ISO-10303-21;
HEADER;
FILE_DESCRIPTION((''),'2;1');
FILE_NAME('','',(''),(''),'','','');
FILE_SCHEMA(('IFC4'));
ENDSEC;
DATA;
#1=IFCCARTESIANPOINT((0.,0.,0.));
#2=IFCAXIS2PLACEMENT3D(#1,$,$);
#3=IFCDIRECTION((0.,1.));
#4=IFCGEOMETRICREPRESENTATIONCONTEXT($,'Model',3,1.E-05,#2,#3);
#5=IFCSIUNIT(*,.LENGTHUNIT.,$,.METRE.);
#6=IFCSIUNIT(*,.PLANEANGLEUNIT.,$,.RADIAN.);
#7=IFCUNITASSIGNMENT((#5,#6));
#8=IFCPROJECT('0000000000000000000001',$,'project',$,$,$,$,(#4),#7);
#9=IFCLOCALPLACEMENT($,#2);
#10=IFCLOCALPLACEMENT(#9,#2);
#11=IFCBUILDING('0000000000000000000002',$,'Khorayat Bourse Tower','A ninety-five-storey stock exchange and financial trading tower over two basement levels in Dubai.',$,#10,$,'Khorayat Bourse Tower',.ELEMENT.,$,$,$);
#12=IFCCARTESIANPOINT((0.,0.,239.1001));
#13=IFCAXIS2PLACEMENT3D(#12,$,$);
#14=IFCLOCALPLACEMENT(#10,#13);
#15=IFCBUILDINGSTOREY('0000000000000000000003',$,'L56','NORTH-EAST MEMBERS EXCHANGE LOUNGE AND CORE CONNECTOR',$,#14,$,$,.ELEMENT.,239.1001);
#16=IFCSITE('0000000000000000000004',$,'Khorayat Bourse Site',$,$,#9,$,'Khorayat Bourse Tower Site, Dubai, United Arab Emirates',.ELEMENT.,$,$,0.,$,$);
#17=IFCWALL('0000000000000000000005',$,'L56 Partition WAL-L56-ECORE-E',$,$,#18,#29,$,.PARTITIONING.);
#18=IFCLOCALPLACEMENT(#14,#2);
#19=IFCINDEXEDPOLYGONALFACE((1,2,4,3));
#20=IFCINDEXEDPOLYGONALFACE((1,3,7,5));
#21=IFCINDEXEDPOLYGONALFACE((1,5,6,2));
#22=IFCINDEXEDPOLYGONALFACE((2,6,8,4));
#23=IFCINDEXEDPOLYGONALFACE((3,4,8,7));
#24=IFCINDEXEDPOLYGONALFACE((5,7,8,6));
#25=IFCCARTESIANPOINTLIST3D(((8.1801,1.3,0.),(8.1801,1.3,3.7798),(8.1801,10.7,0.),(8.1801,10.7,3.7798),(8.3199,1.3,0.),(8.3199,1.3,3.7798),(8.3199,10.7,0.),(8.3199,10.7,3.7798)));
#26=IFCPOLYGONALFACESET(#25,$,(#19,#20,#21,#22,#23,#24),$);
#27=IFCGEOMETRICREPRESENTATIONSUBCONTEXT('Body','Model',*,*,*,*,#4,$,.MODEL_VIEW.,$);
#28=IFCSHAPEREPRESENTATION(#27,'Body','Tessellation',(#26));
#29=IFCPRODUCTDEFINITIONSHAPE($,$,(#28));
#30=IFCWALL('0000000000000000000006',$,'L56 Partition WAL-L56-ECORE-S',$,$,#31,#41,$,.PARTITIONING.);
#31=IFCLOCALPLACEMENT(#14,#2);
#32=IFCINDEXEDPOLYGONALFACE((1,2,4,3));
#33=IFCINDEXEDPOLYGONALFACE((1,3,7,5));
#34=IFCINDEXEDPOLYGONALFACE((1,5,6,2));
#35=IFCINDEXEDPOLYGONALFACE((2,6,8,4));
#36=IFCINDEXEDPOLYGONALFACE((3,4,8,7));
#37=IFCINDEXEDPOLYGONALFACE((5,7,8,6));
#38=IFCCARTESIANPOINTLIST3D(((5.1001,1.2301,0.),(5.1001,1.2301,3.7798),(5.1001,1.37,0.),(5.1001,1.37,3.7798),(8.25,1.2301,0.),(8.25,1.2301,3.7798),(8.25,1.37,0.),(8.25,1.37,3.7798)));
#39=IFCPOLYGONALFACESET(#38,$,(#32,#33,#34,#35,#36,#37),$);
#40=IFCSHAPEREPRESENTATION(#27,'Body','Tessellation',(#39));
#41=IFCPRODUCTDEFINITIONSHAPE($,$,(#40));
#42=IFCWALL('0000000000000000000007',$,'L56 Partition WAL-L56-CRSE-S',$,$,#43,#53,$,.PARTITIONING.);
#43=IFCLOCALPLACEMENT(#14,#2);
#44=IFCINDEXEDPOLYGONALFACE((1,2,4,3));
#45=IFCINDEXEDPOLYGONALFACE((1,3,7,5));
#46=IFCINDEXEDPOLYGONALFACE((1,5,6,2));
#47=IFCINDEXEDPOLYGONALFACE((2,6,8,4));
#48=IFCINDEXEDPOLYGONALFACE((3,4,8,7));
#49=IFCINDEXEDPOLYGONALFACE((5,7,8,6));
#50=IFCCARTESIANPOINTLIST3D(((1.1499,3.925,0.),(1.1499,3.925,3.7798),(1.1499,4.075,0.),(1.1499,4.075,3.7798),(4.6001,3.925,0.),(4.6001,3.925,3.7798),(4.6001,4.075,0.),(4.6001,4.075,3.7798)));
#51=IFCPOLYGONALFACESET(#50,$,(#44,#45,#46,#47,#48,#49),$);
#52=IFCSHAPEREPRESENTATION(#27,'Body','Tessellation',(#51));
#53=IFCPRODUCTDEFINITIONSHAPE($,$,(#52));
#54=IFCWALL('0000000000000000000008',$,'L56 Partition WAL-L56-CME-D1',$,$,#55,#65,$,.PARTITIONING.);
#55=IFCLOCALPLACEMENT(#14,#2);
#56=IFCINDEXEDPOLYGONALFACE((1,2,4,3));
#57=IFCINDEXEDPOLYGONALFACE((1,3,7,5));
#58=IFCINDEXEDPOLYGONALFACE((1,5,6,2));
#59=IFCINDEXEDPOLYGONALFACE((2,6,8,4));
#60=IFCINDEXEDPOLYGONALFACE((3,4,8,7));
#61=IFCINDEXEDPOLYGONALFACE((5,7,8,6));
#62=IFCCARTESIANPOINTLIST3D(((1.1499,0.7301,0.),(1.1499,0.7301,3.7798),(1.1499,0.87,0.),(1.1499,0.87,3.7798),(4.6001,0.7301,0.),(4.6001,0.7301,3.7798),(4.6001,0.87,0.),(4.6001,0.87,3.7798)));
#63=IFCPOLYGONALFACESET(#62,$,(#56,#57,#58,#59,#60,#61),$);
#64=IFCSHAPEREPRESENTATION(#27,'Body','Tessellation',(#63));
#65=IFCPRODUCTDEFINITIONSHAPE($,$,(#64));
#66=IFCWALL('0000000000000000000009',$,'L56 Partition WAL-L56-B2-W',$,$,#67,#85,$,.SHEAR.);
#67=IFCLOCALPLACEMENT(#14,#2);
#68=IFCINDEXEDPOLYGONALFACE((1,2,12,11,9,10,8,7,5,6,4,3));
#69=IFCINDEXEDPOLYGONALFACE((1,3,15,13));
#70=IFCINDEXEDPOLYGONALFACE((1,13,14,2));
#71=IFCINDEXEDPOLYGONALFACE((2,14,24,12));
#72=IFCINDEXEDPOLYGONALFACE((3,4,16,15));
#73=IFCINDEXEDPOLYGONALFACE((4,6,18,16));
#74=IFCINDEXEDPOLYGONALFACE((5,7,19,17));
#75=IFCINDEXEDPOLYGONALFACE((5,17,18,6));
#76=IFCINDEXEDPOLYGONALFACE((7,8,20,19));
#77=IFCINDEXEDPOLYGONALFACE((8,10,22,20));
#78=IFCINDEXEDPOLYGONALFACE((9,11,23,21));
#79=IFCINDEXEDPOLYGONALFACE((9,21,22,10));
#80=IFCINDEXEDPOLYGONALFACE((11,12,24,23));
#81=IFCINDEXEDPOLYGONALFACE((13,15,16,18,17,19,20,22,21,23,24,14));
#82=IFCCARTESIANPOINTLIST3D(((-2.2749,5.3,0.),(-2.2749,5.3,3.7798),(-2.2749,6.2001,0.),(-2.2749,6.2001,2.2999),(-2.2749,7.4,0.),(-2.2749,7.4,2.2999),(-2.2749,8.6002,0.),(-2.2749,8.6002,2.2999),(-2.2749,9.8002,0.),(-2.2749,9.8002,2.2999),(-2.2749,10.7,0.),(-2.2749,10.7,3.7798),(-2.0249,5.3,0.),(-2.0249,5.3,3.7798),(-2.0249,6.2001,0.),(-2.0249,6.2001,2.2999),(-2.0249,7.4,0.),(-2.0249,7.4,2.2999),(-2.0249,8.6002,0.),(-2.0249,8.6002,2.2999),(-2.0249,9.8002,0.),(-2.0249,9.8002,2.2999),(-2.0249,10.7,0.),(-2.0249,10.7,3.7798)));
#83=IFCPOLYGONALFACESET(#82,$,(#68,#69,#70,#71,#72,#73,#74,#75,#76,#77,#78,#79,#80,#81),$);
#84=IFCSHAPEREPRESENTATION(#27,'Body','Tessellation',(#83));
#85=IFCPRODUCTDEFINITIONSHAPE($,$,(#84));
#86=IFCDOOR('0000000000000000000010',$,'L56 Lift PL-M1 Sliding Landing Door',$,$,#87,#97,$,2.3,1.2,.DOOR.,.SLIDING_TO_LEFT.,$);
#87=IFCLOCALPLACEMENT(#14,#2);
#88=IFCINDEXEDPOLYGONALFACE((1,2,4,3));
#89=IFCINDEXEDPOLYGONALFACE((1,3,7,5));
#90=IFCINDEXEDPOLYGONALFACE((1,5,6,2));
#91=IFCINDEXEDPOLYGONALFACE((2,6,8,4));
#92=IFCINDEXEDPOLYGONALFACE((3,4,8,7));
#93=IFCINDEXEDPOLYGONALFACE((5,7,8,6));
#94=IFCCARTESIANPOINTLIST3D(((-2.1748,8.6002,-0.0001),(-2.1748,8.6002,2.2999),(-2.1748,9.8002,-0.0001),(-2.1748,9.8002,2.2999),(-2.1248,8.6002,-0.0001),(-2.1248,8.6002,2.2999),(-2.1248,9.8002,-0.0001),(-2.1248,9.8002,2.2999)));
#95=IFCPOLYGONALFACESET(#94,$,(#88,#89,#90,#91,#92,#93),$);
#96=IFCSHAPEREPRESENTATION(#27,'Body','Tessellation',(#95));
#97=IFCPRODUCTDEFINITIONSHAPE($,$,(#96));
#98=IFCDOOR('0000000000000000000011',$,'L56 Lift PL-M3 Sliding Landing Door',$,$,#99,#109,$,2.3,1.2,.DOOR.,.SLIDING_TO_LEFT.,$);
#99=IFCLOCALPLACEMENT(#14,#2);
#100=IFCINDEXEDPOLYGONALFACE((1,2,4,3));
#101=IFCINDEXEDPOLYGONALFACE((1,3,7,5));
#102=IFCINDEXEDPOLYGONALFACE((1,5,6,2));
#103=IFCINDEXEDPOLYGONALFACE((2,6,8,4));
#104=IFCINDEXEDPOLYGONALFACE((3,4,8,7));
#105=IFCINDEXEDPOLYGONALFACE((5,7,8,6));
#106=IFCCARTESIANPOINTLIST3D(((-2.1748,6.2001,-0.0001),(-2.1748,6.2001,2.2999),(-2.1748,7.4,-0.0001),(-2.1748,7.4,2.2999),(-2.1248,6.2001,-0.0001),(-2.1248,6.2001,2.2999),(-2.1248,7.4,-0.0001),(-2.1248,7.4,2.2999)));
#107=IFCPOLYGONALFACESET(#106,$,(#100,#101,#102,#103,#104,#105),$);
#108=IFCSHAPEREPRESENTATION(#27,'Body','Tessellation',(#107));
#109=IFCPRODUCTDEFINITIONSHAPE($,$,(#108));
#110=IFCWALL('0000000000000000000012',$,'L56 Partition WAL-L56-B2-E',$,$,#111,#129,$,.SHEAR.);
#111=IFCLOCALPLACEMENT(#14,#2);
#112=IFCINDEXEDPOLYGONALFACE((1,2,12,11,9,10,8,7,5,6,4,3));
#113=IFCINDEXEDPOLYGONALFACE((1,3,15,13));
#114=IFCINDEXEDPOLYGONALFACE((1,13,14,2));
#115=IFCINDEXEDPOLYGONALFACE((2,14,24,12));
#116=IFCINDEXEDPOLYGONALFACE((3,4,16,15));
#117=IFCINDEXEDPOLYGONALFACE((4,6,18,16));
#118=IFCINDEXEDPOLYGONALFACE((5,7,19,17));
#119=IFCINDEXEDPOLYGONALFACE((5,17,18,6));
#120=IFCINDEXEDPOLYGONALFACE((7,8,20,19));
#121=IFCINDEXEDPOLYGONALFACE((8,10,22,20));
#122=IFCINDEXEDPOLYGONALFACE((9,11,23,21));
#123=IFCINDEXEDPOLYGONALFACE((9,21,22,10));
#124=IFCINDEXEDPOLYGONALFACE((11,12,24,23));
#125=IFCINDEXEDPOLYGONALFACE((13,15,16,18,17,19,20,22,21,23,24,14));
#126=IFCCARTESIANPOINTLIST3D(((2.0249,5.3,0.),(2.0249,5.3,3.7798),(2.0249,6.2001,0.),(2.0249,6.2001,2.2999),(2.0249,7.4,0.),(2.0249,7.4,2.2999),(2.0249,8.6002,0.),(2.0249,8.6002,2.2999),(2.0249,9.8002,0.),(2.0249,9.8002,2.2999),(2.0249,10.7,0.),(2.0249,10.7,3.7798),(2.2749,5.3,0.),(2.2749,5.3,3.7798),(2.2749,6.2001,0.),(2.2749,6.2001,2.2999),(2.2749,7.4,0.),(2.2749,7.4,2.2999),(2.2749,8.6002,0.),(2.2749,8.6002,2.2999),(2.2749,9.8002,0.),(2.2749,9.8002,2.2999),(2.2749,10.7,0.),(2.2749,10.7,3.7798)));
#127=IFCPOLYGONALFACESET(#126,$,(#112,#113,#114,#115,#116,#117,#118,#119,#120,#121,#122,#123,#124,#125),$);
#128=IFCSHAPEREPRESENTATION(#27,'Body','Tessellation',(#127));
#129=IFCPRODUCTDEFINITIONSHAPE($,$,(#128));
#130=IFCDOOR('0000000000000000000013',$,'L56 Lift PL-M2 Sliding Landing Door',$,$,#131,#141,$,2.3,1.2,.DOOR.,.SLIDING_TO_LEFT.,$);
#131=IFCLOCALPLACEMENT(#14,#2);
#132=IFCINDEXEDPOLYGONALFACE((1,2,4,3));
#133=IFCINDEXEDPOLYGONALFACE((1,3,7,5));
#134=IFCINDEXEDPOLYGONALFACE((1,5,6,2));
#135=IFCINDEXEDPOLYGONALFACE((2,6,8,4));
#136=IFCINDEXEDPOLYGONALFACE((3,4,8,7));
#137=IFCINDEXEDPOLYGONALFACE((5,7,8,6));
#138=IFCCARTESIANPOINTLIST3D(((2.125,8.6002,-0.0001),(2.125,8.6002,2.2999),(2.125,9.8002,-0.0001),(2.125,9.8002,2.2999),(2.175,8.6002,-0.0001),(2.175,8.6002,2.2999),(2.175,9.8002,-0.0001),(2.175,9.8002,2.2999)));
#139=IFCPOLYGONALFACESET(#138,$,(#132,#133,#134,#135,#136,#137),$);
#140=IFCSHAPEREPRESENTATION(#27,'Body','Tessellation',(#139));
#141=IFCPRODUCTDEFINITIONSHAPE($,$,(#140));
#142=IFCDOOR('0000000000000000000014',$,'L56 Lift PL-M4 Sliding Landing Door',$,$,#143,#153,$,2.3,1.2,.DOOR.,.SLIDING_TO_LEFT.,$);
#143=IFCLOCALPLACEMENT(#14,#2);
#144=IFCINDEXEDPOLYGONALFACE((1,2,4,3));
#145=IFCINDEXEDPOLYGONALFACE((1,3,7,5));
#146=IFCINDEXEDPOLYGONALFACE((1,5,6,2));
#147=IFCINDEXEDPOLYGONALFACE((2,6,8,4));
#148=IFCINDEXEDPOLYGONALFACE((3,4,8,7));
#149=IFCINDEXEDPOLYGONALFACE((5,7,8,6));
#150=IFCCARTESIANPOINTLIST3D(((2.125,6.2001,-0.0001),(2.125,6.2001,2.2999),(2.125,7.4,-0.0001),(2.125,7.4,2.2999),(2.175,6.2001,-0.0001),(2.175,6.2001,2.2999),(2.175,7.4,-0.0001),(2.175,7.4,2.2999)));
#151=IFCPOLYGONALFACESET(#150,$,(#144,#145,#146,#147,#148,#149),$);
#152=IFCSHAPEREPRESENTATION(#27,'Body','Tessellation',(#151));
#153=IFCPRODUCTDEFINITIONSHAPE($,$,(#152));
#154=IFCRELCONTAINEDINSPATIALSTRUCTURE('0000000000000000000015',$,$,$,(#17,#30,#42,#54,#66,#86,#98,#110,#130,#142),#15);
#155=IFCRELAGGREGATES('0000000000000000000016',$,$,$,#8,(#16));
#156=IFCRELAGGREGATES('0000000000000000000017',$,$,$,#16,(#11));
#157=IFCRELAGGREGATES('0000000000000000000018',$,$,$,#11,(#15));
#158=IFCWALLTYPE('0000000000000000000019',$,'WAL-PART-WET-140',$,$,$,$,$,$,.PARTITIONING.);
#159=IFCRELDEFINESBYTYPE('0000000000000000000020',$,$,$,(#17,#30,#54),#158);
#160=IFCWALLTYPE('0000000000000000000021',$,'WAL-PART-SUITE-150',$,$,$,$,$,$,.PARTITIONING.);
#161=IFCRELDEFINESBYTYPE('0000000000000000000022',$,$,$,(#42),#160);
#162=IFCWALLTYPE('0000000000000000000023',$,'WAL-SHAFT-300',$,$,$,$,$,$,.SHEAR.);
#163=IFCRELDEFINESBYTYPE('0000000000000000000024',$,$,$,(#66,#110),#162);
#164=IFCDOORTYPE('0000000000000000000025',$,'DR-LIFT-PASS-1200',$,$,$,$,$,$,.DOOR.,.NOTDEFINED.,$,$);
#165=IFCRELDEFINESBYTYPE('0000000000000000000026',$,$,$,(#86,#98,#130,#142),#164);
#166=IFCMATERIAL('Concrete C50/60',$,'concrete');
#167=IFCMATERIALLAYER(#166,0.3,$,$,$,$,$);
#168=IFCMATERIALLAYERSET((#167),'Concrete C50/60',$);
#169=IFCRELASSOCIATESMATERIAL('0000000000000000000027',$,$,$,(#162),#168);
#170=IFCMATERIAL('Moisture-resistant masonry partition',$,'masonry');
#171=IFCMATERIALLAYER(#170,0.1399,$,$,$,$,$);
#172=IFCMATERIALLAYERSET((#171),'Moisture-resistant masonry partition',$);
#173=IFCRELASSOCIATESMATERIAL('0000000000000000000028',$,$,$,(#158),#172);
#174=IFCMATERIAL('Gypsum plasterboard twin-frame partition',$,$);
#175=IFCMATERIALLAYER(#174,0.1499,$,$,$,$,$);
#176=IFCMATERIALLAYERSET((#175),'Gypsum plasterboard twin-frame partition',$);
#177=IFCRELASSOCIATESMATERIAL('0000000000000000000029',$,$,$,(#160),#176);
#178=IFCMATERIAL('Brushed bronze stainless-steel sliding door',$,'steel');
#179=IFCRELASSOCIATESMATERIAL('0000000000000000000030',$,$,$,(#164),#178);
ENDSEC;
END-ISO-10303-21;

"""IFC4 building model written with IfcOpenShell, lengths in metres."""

from ifc_helpers import new_model, si_unit, direction, frame, frame_2d, origin, place, context, subcontext, project, spatial, rectangle, extrude, source, transform, mapped, material, layer, layer_set, type_object, element, fill, save


model = new_model("IFC4")

# Units and contexts
model_context = context("Model", 3, precision=1e-05, world=origin(), true_north=direction((0.0, 1.0)))
body_context = subcontext(model_context, "Body", "Model", "MODEL_VIEW")
ifc_project = project(units=[si_unit("LENGTHUNIT", "METRE"), si_unit("PLANEANGLEUNIT", "RADIAN")], contexts=[model_context])

# Site, building, storey
site_placement = place(None, origin())
site = spatial("IfcSite", under=ifc_project, at=site_placement, Name="Khorayat Bourse Site", LongName="Khorayat Bourse Tower Site, Dubai, United Arab Emirates", CompositionType="ELEMENT", RefElevation=0.0)
building_placement = place(site_placement, origin())
building = spatial("IfcBuilding", under=site, at=building_placement, Name="Khorayat Bourse Tower", Description="A ninety-five-storey stock exchange and financial trading tower over two basement levels in Dubai.", LongName="Khorayat Bourse Tower", CompositionType="ELEMENT")
storey_placement = place(building_placement, frame((0.0, 0.0, 239.1001)))
storey = spatial("IfcBuildingStorey", under=building, at=storey_placement, Name="L56", Description="NORTH-EAST MEMBERS EXCHANGE LOUNGE AND CORE CONNECTOR", CompositionType="ELEMENT", Elevation=239.1001)

# Walls
ifc_material_1 = material(Name="Concrete C50/60", Category="concrete")
ifc_layer_1 = layer(ifc_material_1, 0.3)
ifc_layer_set_1 = layer_set([ifc_layer_1], Name="Concrete C50/60")
wall_type_1 = type_object("IfcWallType", Name="WAL-SHAFT-300", PredefinedType="SHEAR", material=ifc_layer_set_1)
ifc_material_2 = material(Name="Moisture-resistant masonry partition", Category="masonry")
ifc_layer_2 = layer(ifc_material_2, 0.1399)
ifc_layer_set_2 = layer_set([ifc_layer_2], Name="Moisture-resistant masonry partition")
wall_type_2 = type_object("IfcWallType", Name="WAL-PART-WET-140", PredefinedType="PARTITIONING", material=ifc_layer_set_2)
shared_shape_1 = source(origin(), body_context, "Body", "SweptSolid", [
    extrude(rectangle(XDim=9.3999, YDim=0.1399, at=frame_2d((4.7, 0.0))), origin(), (0.0, 0.0, 1.0), 3.7798),
])
wall_1_placement = place(storey_placement, frame((8.25, 1.3, 0.0), z_axis=(0.0, 0.0, 1.0), x_axis=(0.0, 1.0, 0.0)))
element("IfcWall", 1, at=wall_1_placement, inside=storey, type_object=wall_type_2, Name="L56 Partition WAL-L56-ECORE-E", PredefinedType="PARTITIONING", context=body_context, shape_type="MappedRepresentation", body=[
    mapped(shared_shape_1, transform((0.0, 0.0, 0.0), scale=1.0)),
])
shared_shape_2 = source(origin(), body_context, "Body", "SweptSolid", [
    extrude(rectangle(XDim=3.1499, YDim=0.1399, at=frame_2d((1.575, 0.0))), origin(), (0.0, 0.0, 1.0), 3.7798),
])
wall_2_placement = place(storey_placement, frame((5.1001, 1.3, 0.0), z_axis=(0.0, 0.0, 1.0), x_axis=(1.0, 0.0, 0.0)))
element("IfcWall", 2, at=wall_2_placement, inside=storey, type_object=wall_type_2, Name="L56 Partition WAL-L56-ECORE-S", PredefinedType="PARTITIONING", context=body_context, shape_type="MappedRepresentation", body=[
    mapped(shared_shape_2, transform((0.0, 0.0, 0.0), scale=1.0)),
])

# Walls
ifc_material_3 = material(Name="Gypsum plasterboard twin-frame partition")
ifc_layer_3 = layer(ifc_material_3, 0.1499)
ifc_layer_set_3 = layer_set([ifc_layer_3], Name="Gypsum plasterboard twin-frame partition")
wall_type_3 = type_object("IfcWallType", Name="WAL-PART-SUITE-150", PredefinedType="PARTITIONING", material=ifc_layer_set_3)
shared_shape_3 = source(origin(), body_context, "Body", "SweptSolid", [
    extrude(rectangle(XDim=3.4502, YDim=0.1499, at=frame_2d((1.7251, 0.0))), origin(), (0.0, 0.0, 1.0), 3.7798),
])
wall_3_placement = place(storey_placement, frame((1.1499, 4.0, 0.0), z_axis=(0.0, 0.0, 1.0), x_axis=(1.0, 0.0, 0.0)))
element("IfcWall", 3, at=wall_3_placement, inside=storey, type_object=wall_type_3, Name="L56 Partition WAL-L56-CRSE-S", PredefinedType="PARTITIONING", context=body_context, shape_type="MappedRepresentation", body=[
    mapped(shared_shape_3, transform((0.0, 0.0, 0.0), scale=1.0)),
])
shared_shape_4 = source(origin(), body_context, "Body", "SweptSolid", [
    extrude(rectangle(XDim=3.4502, YDim=0.1399, at=frame_2d((1.7251, 0.0))), origin(), (0.0, 0.0, 1.0), 3.7798),
])
wall_4_placement = place(storey_placement, frame((1.1499, 0.8, 0.0), z_axis=(0.0, 0.0, 1.0), x_axis=(1.0, 0.0, 0.0)))
element("IfcWall", 4, at=wall_4_placement, inside=storey, type_object=wall_type_2, Name="L56 Partition WAL-L56-CME-D1", PredefinedType="PARTITIONING", context=body_context, shape_type="MappedRepresentation", body=[
    mapped(shared_shape_4, transform((0.0, 0.0, 0.0), scale=1.0)),
])

# Walls, openings, doors
shared_shape_5 = source(origin(), body_context, "Body", "SweptSolid", [
    extrude(rectangle(XDim=5.3999, YDim=0.25, at=frame_2d((2.7, 0.0))), origin(), (0.0, 0.0, 1.0), 3.7798),
])
wall_5_placement = place(storey_placement, frame((-2.1499, 5.3, 0.0), z_axis=(0.0, 0.0, 1.0), x_axis=(0.0, 1.0, 0.0)))
wall_5 = element("IfcWall", 5, at=wall_5_placement, inside=storey, type_object=wall_type_1, Name="L56 Partition WAL-L56-B2-W", PredefinedType="SHEAR", context=body_context, shape_type="MappedRepresentation", body=[
    mapped(shared_shape_5, transform((0.0, 0.0, 0.0), scale=1.0)),
])
shared_shape_6 = source(origin(), body_context, "Body", "SweptSolid", [
    extrude(rectangle(XDim=1.2, YDim=2.3, at=frame_2d((0.6001, 1.1499))), frame((0.0, 0.135, 0.0), z_axis=(0.0, -1.0, 0.0), x_axis=(1.0, 0.0, 0.0)), (0.0, 0.0, 1.0), 0.27),
])
opening_1_placement = place(wall_5_placement, frame((3.3, 0.0, 0.0)))
opening_1 = element("IfcOpeningElement", 6, at=opening_1_placement, cuts=wall_5, PredefinedType="OPENING", context=body_context, shape_type="MappedRepresentation", body=[
    mapped(shared_shape_6, transform((0.0, 0.0, 0.0), scale=1.0)),
])
opening_2_placement = place(wall_5_placement, frame((0.8999, 0.0, 0.0)))
opening_2 = element("IfcOpeningElement", 7, at=opening_2_placement, cuts=wall_5, PredefinedType="OPENING", context=body_context, shape_type="MappedRepresentation", body=[
    mapped(shared_shape_6, transform((0.0, 0.0, 0.0), scale=1.0)),
])
ifc_material_4 = material(Name="Brushed bronze stainless-steel sliding door", Category="steel")
door_type_1 = type_object("IfcDoorType", Name="DR-LIFT-PASS-1200", OperationType="NOTDEFINED", PredefinedType="DOOR", material=ifc_material_4)
shared_shape_7 = source(origin(), body_context, "Body", "SweptSolid", [
    extrude(rectangle(XDim=1.2, YDim=2.3, at=frame_2d((0.6001, 1.1499))), frame((0.0, 0.0249, 0.0), z_axis=(0.0, -1.0, 0.0), x_axis=(1.0, 0.0, 0.0)), (0.0, 0.0, 1.0), 0.05),
])
door_1_placement = place(opening_1_placement, origin())
door_1 = element("IfcDoor", 8, at=door_1_placement, inside=storey, type_object=door_type_1, Name="L56 Lift PL-M1 Sliding Landing Door", OperationType="SLIDING_TO_LEFT", OverallHeight=2.3, OverallWidth=1.2, PredefinedType="DOOR", context=body_context, shape_type="MappedRepresentation", body=[
    mapped(shared_shape_7, transform((0.0, 0.0, 0.0), scale=1.0)),
])
fill(opening_1, door_1)
door_2_placement = place(opening_2_placement, origin())
door_2 = element("IfcDoor", 9, at=door_2_placement, inside=storey, type_object=door_type_1, Name="L56 Lift PL-M3 Sliding Landing Door", OperationType="SLIDING_TO_LEFT", OverallHeight=2.3, OverallWidth=1.2, PredefinedType="DOOR", context=body_context, shape_type="MappedRepresentation", body=[
    mapped(shared_shape_7, transform((0.0, 0.0, 0.0), scale=1.0)),
])
fill(opening_2, door_2)
wall_6_placement = place(storey_placement, frame((2.1499, 5.3, 0.0), z_axis=(0.0, 0.0, 1.0), x_axis=(0.0, 1.0, 0.0)))
wall_6 = element("IfcWall", 10, at=wall_6_placement, inside=storey, type_object=wall_type_1, Name="L56 Partition WAL-L56-B2-E", PredefinedType="SHEAR", context=body_context, shape_type="MappedRepresentation", body=[
    mapped(shared_shape_5, transform((0.0, 0.0, 0.0), scale=1.0)),
])
opening_3_placement = place(wall_6_placement, frame((3.3, 0.0, 0.0)))
opening_3 = element("IfcOpeningElement", 11, at=opening_3_placement, cuts=wall_6, PredefinedType="OPENING", context=body_context, shape_type="MappedRepresentation", body=[
    mapped(shared_shape_6, transform((0.0, 0.0, 0.0), scale=1.0)),
])
opening_4_placement = place(wall_6_placement, frame((0.8999, 0.0, 0.0)))
opening_4 = element("IfcOpeningElement", 12, at=opening_4_placement, cuts=wall_6, PredefinedType="OPENING", context=body_context, shape_type="MappedRepresentation", body=[
    mapped(shared_shape_6, transform((0.0, 0.0, 0.0), scale=1.0)),
])
door_3_placement = place(opening_3_placement, origin())
door_3 = element("IfcDoor", 13, at=door_3_placement, inside=storey, type_object=door_type_1, Name="L56 Lift PL-M2 Sliding Landing Door", OperationType="SLIDING_TO_LEFT", OverallHeight=2.3, OverallWidth=1.2, PredefinedType="DOOR", context=body_context, shape_type="MappedRepresentation", body=[
    mapped(shared_shape_7, transform((0.0, 0.0, 0.0), scale=1.0)),
])
fill(opening_3, door_3)
door_4_placement = place(opening_4_placement, origin())
door_4 = element("IfcDoor", 14, at=door_4_placement, inside=storey, type_object=door_type_1, Name="L56 Lift PL-M4 Sliding Landing Door", OperationType="SLIDING_TO_LEFT", OverallHeight=2.3, OverallWidth=1.2, PredefinedType="DOOR", context=body_context, shape_type="MappedRepresentation", body=[
    mapped(shared_shape_7, transform((0.0, 0.0, 0.0), scale=1.0)),
])
fill(opening_4, door_4)

save(model, "model.ifc")
